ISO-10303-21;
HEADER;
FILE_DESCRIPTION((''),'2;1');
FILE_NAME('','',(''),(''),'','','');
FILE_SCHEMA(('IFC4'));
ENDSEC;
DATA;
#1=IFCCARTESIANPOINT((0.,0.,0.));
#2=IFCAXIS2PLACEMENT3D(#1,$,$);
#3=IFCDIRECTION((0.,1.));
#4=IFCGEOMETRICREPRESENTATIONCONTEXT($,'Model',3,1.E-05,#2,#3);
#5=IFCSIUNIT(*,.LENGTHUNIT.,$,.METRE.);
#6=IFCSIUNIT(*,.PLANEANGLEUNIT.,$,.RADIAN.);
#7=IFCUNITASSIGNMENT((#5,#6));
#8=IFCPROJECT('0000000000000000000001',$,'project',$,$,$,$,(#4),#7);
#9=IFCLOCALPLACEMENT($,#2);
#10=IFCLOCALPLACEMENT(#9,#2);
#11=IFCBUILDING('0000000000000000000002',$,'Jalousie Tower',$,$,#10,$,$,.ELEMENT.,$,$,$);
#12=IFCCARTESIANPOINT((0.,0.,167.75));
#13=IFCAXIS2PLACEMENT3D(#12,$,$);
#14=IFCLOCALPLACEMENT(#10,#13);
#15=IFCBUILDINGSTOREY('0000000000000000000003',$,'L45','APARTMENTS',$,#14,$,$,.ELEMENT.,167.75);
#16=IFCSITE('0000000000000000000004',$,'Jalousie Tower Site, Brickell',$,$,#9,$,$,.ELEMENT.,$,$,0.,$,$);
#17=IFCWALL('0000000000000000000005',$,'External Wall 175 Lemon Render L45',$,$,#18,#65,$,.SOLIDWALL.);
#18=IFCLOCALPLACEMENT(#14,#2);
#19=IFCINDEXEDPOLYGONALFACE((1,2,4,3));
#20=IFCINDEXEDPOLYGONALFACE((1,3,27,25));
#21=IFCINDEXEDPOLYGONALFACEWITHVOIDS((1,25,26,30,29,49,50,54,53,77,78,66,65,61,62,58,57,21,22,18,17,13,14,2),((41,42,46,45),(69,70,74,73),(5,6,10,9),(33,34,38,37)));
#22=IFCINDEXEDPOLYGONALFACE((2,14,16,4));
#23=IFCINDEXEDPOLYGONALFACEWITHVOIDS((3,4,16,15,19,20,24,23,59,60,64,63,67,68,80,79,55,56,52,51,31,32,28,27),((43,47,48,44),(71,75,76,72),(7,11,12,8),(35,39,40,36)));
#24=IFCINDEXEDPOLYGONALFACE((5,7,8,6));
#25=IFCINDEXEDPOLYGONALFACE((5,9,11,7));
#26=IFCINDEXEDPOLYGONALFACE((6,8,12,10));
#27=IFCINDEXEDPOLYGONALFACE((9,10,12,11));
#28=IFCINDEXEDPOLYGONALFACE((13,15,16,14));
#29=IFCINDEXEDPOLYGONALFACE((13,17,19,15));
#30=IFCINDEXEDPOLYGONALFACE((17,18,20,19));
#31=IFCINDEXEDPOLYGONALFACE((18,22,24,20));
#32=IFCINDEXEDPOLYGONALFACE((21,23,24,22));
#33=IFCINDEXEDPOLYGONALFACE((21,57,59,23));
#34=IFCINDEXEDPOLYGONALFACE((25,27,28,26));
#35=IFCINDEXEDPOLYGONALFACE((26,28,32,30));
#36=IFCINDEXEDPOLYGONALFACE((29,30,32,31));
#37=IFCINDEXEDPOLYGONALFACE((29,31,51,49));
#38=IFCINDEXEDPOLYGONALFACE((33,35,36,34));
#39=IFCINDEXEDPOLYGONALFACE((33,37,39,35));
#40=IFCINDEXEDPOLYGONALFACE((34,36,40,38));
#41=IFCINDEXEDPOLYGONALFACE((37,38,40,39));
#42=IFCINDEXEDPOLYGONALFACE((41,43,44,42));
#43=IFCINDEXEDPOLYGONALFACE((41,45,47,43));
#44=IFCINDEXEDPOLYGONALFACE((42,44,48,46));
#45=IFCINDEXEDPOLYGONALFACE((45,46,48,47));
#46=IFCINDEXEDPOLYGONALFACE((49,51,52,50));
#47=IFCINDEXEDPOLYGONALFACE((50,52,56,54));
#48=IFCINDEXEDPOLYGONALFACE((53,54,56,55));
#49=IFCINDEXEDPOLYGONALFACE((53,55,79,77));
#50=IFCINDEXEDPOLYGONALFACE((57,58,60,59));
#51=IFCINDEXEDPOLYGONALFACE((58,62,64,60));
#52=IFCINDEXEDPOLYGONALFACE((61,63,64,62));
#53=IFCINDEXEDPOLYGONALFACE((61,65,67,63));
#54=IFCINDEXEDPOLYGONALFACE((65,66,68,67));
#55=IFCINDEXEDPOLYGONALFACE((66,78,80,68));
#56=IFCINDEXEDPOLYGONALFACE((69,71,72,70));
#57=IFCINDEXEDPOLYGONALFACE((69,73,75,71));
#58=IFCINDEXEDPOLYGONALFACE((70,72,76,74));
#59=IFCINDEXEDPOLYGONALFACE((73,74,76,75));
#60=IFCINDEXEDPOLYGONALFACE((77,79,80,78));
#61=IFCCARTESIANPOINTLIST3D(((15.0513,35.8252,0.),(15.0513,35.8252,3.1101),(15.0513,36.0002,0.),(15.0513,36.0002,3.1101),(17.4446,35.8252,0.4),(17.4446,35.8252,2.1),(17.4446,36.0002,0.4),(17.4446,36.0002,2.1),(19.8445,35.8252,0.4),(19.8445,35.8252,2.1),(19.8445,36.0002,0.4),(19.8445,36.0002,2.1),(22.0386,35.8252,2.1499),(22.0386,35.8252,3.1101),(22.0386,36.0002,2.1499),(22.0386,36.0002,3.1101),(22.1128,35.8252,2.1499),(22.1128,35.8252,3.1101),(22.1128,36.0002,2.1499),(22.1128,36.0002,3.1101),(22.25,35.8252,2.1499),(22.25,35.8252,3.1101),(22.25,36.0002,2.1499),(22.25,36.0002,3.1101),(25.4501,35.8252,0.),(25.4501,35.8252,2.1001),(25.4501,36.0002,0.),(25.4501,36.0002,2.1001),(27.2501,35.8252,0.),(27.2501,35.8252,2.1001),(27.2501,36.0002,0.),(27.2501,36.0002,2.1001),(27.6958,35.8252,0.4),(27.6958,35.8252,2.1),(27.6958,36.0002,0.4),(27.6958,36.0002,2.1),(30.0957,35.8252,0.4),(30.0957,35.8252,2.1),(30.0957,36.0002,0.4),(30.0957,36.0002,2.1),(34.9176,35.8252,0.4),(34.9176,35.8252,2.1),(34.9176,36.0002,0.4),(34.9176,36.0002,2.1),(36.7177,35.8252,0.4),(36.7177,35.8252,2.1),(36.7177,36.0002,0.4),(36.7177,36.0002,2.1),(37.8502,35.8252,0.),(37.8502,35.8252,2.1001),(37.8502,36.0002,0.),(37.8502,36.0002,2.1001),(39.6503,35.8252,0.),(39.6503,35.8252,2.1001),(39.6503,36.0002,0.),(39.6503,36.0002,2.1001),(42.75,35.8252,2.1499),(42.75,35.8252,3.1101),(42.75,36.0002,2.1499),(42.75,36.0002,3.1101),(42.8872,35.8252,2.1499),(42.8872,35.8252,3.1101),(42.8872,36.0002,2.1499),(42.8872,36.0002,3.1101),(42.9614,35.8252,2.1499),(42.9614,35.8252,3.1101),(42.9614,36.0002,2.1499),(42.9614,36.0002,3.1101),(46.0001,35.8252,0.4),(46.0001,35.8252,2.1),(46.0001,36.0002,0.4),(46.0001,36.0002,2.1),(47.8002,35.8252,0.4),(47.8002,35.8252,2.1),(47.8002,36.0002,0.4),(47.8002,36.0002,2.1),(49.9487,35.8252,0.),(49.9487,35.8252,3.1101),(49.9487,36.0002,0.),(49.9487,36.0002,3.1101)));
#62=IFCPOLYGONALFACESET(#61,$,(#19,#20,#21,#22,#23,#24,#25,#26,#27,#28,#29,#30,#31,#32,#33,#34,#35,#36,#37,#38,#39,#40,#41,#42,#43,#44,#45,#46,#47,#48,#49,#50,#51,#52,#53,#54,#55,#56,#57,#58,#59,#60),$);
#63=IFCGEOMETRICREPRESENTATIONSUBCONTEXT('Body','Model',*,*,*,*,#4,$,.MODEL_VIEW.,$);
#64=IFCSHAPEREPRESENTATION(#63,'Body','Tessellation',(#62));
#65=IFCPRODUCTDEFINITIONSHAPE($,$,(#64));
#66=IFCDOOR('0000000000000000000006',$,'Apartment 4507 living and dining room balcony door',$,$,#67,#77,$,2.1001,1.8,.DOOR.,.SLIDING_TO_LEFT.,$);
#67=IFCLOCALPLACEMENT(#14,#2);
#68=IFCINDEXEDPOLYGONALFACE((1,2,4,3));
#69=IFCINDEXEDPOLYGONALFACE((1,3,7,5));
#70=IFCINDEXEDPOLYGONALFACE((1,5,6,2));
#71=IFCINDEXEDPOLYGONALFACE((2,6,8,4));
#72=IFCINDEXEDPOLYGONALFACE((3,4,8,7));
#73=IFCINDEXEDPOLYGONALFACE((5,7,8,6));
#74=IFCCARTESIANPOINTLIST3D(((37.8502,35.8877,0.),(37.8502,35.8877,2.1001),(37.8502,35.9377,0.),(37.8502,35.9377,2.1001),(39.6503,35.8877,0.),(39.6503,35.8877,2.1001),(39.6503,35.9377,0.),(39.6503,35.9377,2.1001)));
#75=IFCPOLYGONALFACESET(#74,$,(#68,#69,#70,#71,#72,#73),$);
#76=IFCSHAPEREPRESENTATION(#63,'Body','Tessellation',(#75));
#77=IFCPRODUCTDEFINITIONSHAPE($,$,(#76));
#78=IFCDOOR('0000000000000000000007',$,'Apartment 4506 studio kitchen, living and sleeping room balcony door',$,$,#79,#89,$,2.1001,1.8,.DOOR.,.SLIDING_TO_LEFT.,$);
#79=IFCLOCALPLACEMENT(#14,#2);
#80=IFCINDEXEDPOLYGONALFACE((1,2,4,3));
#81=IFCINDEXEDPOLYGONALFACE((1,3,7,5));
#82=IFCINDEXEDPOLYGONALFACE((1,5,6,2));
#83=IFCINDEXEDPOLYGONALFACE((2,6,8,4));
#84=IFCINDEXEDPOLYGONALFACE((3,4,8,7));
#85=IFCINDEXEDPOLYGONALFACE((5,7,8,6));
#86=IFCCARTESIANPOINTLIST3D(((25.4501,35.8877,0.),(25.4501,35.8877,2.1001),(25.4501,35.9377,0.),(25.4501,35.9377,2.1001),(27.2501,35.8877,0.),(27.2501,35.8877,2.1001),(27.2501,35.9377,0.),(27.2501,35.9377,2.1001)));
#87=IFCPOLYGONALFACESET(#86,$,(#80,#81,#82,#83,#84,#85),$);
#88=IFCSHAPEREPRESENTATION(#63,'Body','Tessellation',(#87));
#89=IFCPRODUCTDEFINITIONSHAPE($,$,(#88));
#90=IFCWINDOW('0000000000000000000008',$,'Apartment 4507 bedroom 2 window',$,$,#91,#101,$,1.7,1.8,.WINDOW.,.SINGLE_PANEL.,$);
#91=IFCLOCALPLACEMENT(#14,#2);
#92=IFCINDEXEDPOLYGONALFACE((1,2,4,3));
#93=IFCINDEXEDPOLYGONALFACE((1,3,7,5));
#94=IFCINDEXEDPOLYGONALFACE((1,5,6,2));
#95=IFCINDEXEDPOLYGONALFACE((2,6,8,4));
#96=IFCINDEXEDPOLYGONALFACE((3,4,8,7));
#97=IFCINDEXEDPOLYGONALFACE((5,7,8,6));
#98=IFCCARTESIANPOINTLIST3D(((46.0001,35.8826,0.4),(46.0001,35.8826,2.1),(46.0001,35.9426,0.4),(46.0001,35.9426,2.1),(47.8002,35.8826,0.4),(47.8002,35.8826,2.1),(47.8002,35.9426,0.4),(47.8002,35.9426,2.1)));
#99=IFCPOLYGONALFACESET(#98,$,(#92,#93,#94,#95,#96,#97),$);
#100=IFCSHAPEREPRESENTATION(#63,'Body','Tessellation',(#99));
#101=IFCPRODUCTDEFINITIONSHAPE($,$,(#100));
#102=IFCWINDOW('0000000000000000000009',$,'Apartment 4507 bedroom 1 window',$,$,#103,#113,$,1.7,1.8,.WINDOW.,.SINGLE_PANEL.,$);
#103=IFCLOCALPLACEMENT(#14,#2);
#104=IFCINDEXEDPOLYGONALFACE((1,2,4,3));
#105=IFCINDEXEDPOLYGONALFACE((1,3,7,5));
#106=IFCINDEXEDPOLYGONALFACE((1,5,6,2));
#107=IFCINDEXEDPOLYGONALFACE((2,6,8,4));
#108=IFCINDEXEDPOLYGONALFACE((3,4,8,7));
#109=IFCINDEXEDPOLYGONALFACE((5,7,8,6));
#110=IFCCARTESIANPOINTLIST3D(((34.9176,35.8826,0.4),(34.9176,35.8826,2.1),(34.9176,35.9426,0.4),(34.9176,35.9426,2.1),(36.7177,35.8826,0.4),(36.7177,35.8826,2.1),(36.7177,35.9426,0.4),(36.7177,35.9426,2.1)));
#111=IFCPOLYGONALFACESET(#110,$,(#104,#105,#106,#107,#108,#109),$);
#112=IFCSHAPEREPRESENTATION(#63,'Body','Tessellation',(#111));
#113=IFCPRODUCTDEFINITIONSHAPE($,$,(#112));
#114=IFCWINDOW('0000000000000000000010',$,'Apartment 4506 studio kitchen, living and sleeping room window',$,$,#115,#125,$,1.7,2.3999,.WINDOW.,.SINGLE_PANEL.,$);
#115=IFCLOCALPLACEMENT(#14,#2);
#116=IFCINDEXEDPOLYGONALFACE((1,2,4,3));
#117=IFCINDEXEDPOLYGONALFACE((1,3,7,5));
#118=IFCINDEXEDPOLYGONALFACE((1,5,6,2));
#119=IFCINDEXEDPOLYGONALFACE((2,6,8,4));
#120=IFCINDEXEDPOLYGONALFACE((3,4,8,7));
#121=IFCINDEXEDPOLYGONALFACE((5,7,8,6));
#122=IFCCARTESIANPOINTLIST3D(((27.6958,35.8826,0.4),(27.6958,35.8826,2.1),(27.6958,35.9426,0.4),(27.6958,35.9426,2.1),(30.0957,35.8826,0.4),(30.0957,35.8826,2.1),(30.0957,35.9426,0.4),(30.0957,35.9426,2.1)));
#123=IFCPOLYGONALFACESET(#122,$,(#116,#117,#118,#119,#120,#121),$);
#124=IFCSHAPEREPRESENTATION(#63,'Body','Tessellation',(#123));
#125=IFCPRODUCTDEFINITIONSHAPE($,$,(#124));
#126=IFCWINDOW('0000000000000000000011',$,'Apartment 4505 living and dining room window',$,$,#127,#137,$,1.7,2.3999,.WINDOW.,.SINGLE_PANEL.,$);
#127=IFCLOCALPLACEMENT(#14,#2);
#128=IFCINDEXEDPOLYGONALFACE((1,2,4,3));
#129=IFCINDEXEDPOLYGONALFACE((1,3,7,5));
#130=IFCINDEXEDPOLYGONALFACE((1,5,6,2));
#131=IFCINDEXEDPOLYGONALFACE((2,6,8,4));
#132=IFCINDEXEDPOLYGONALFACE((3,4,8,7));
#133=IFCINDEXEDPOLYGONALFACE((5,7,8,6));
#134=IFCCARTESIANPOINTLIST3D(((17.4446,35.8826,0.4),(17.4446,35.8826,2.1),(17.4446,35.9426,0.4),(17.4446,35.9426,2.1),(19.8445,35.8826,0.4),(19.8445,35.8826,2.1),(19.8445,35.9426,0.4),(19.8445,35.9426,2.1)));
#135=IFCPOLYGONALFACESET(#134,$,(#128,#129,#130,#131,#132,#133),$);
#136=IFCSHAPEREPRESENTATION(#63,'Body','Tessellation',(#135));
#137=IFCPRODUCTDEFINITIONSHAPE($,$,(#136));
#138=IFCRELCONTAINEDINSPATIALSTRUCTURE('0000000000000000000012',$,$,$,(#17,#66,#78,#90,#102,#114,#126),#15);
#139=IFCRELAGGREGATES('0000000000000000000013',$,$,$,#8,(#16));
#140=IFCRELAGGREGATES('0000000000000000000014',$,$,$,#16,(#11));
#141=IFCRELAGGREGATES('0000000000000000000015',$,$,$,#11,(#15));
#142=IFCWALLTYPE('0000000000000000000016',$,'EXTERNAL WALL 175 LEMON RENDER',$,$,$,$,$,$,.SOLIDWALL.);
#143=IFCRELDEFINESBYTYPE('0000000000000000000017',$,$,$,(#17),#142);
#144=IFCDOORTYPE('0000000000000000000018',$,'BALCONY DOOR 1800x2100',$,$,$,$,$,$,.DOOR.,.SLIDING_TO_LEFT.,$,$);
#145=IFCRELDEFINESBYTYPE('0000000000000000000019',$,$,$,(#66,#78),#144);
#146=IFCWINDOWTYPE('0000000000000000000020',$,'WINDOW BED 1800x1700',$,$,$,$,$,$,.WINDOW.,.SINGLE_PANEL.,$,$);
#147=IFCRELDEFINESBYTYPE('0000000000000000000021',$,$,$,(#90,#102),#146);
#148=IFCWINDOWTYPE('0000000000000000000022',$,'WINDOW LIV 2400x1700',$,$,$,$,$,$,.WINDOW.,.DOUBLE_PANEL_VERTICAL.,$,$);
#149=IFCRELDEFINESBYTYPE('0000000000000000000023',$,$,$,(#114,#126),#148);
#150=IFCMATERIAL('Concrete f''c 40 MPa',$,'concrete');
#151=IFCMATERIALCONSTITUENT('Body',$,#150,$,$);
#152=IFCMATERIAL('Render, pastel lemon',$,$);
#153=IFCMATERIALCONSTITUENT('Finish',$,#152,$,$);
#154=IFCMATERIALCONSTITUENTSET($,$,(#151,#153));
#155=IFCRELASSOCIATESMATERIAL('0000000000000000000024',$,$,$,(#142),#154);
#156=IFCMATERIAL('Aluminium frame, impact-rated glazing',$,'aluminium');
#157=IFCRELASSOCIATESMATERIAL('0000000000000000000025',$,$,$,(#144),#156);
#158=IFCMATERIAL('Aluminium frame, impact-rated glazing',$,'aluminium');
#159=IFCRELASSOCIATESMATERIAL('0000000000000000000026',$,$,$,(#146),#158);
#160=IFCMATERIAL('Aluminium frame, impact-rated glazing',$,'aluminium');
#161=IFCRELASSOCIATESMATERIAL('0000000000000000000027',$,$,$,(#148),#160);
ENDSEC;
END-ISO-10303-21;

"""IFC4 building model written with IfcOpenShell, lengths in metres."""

from ifc_helpers import new_model, si_unit, direction, frame, frame_2d, origin, place, context, subcontext, project, spatial, polyline, rectangle, outline, extrude, material, constituent, constituent_set, type_object, element, fill, save


model = new_model("IFC4")

# Units and contexts
model_context = context("Model", 3, precision=1e-05, world=origin(), true_north=direction((0.0, 1.0)))
body_context = subcontext(model_context, "Body", "Model", "MODEL_VIEW")
ifc_project = project(units=[si_unit("LENGTHUNIT", "METRE"), si_unit("PLANEANGLEUNIT", "RADIAN")], contexts=[model_context])

# Site, building, storey
site_placement = place(None, origin())
site = spatial("IfcSite", under=ifc_project, at=site_placement, Name="Jalousie Tower Site, Brickell", CompositionType="ELEMENT", RefElevation=0.0)
building_placement = place(site_placement, origin())
building = spatial("IfcBuilding", under=site, at=building_placement, Name="Jalousie Tower", CompositionType="ELEMENT")
storey_placement = place(building_placement, frame((0.0, 0.0, 167.75)))
storey = spatial("IfcBuildingStorey", under=building, at=storey_placement, Name="L45", Description="APARTMENTS", CompositionType="ELEMENT", Elevation=167.75)

# Wall, openings, doors, windows
ifc_material_1 = material(Name="Concrete f'c 40 MPa", Category="concrete")
ifc_constituent_1 = constituent(ifc_material_1, Name="Body")
ifc_material_2 = material(Name="Render, pastel lemon")
ifc_constituent_2 = constituent(ifc_material_2, Name="Finish")
ifc_constituent_set_1 = constituent_set(constituents=[ifc_constituent_1, ifc_constituent_2])
wall_type_1 = type_object("IfcWallType", Name="EXTERNAL WALL 175 LEMON RENDER", PredefinedType="SOLIDWALL", material=ifc_constituent_set_1)
wall_1_placement = place(storey_placement, frame((49.9487, 35.9126, 0.0), z_axis=(0.0, 0.0, 1.0), x_axis=(-1.0, 0.0, 0.0)))
wall_1 = element("IfcWall", 1, at=wall_1_placement, inside=storey, type_object=wall_type_1, Name="External Wall 175 Lemon Render L45", PredefinedType="SOLIDWALL", context=body_context, shape_type="SweptSolid", body=[
    extrude(outline(polyline([(0.0, 0.0), (34.8975, 0.0), (34.8975, 3.1101), (27.9102, 3.1101), (27.9102, 2.1499), (27.8359, 2.1499), (27.8359, 3.1101), (27.6987, 3.1101), (27.6987, 2.1499), (7.1987, 2.1499), (7.1987, 3.1101), (7.0615, 3.1101), (7.0615, 2.1499), (6.9873, 2.1499), (6.9873, 3.1101), (0.0, 3.1101), (0.0, 0.0)])), frame((0.0, 0.0874, 0.0), z_axis=(0.0, -1.0, 0.0), x_axis=(1.0, 0.0, 0.0)), (0.0, 0.0, 1.0), 0.175),
])
opening_1_placement = place(wall_1_placement, frame((2.1487, 0.0, 0.3999)))
opening_1 = element("IfcOpeningElement", 2, at=opening_1_placement, cuts=wall_1, PredefinedType="OPENING", context=body_context, shape_type="SweptSolid", body=[
    extrude(rectangle(XDim=1.8, YDim=1.7, at=frame_2d((0.8999, 0.8501))), frame((0.0, 0.0974, 0.0), z_axis=(0.0, -1.0, 0.0), x_axis=(1.0, 0.0, 0.0)), (0.0, 0.0, 1.0), 0.1951),
])
opening_2_placement = place(wall_1_placement, frame((10.2986, 0.0, 0.0)))
opening_2 = element("IfcOpeningElement", 3, at=opening_2_placement, cuts=wall_1, PredefinedType="OPENING", context=body_context, shape_type="SweptSolid", body=[
    extrude(rectangle(XDim=1.8, YDim=2.1001, at=frame_2d((0.8999, 1.05))), frame((0.0, 0.0974, 0.0), z_axis=(0.0, -1.0, 0.0), x_axis=(1.0, 0.0, 0.0)), (0.0, 0.0, 1.0), 0.1951),
])
opening_3_placement = place(wall_1_placement, frame((13.2312, 0.0, 0.3999)))
opening_3 = element("IfcOpeningElement", 4, at=opening_3_placement, cuts=wall_1, PredefinedType="OPENING", context=body_context, shape_type="SweptSolid", body=[
    extrude(rectangle(XDim=1.8, YDim=1.7, at=frame_2d((0.8999, 0.8501))), frame((0.0, 0.0974, 0.0), z_axis=(0.0, -1.0, 0.0), x_axis=(1.0, 0.0, 0.0)), (0.0, 0.0, 1.0), 0.1951),
])
opening_4_placement = place(wall_1_placement, frame((22.6987, 0.0, 0.0)))
opening_4 = element("IfcOpeningElement", 5, at=opening_4_placement, cuts=wall_1, PredefinedType="OPENING", context=body_context, shape_type="SweptSolid", body=[
    extrude(rectangle(XDim=1.8, YDim=2.1001, at=frame_2d((0.8999, 1.05))), frame((0.0, 0.0974, 0.0), z_axis=(0.0, -1.0, 0.0), x_axis=(1.0, 0.0, 0.0)), (0.0, 0.0, 1.0), 0.1951),
])
opening_5_placement = place(wall_1_placement, frame((19.853, 0.0, 0.3999)))
opening_5 = element("IfcOpeningElement", 6, at=opening_5_placement, cuts=wall_1, PredefinedType="OPENING", context=body_context, shape_type="SweptSolid", body=[
    extrude(rectangle(XDim=2.3999, YDim=1.7, at=frame_2d((1.2, 0.8501))), frame((0.0, 0.0974, 0.0), z_axis=(0.0, -1.0, 0.0), x_axis=(1.0, 0.0, 0.0)), (0.0, 0.0, 1.0), 0.1951),
])
opening_6_placement = place(wall_1_placement, frame((30.1042, 0.0, 0.3999)))
opening_6 = element("IfcOpeningElement", 7, at=opening_6_placement, cuts=wall_1, PredefinedType="OPENING", context=body_context, shape_type="SweptSolid", body=[
    extrude(rectangle(XDim=2.3999, YDim=1.7, at=frame_2d((1.2, 0.8501))), frame((0.0, 0.0974, 0.0), z_axis=(0.0, -1.0, 0.0), x_axis=(1.0, 0.0, 0.0)), (0.0, 0.0, 1.0), 0.1951),
])
ifc_material_3 = material(Name="Aluminium frame, impact-rated glazing", Category="aluminium")
door_type_1 = type_object("IfcDoorType", Name="BALCONY DOOR 1800x2100", OperationType="SLIDING_TO_LEFT", PredefinedType="DOOR", material=ifc_material_3)
door_1_placement = place(opening_2_placement, origin())
door_1 = element("IfcDoor", 8, at=door_1_placement, inside=storey, type_object=door_type_1, Name="Apartment 4507 living and dining room balcony door", OperationType="SLIDING_TO_LEFT", OverallHeight=2.1001, OverallWidth=1.8, PredefinedType="DOOR", context=body_context, shape_type="SweptSolid", body=[
    extrude(rectangle(XDim=1.8, YDim=2.1001, at=frame_2d((0.8999, 1.05))), frame((0.0, 0.0249, 0.0), z_axis=(0.0, -1.0, 0.0), x_axis=(1.0, 0.0, 0.0)), (0.0, 0.0, 1.0), 0.05),
])
fill(opening_2, door_1)
door_2_placement = place(opening_4_placement, origin())
door_2 = element("IfcDoor", 9, at=door_2_placement, inside=storey, type_object=door_type_1, Name="Apartment 4506 studio kitchen, living and sleeping room balcony door", OperationType="SLIDING_TO_LEFT", OverallHeight=2.1001, OverallWidth=1.8, PredefinedType="DOOR", context=body_context, shape_type="SweptSolid", body=[
    extrude(rectangle(XDim=1.8, YDim=2.1001, at=frame_2d((0.8999, 1.05))), frame((0.0, 0.0249, 0.0), z_axis=(0.0, -1.0, 0.0), x_axis=(1.0, 0.0, 0.0)), (0.0, 0.0, 1.0), 0.05),
])
fill(opening_4, door_2)
ifc_material_4 = material(Name="Aluminium frame, impact-rated glazing", Category="aluminium")
window_type_1 = type_object("IfcWindowType", Name="WINDOW BED 1800x1700", PartitioningType="SINGLE_PANEL", PredefinedType="WINDOW", material=ifc_material_4)
window_1_placement = place(opening_1_placement, origin())
window_1 = element("IfcWindow", 10, at=window_1_placement, inside=storey, type_object=window_type_1, Name="Apartment 4507 bedroom 2 window", OverallHeight=1.7, OverallWidth=1.8, PartitioningType="SINGLE_PANEL", PredefinedType="WINDOW", context=body_context, shape_type="SweptSolid", body=[
    extrude(rectangle(XDim=1.8, YDim=1.7, at=frame_2d((0.8999, 0.8501))), frame((0.0, 0.03, 0.0), z_axis=(0.0, -1.0, 0.0), x_axis=(1.0, 0.0, 0.0)), (0.0, 0.0, 1.0), 0.0601),
])
fill(opening_1, window_1)
window_2_placement = place(opening_3_placement, origin())
window_2 = element("IfcWindow", 11, at=window_2_placement, inside=storey, type_object=window_type_1, Name="Apartment 4507 bedroom 1 window", OverallHeight=1.7, OverallWidth=1.8, PartitioningType="SINGLE_PANEL", PredefinedType="WINDOW", context=body_context, shape_type="SweptSolid", body=[
    extrude(rectangle(XDim=1.8, YDim=1.7, at=frame_2d((0.8999, 0.8501))), frame((0.0, 0.03, 0.0), z_axis=(0.0, -1.0, 0.0), x_axis=(1.0, 0.0, 0.0)), (0.0, 0.0, 1.0), 0.0601),
])
fill(opening_3, window_2)
ifc_material_5 = material(Name="Aluminium frame, impact-rated glazing", Category="aluminium")
window_type_2 = type_object("IfcWindowType", Name="WINDOW LIV 2400x1700", PartitioningType="DOUBLE_PANEL_VERTICAL", PredefinedType="WINDOW", material=ifc_material_5)
window_3_placement = place(opening_5_placement, origin())
window_3 = element("IfcWindow", 12, at=window_3_placement, inside=storey, type_object=window_type_2, Name="Apartment 4506 studio kitchen, living and sleeping room window", OverallHeight=1.7, OverallWidth=2.3999, PartitioningType="SINGLE_PANEL", PredefinedType="WINDOW", context=body_context, shape_type="SweptSolid", body=[
    extrude(rectangle(XDim=2.3999, YDim=1.7, at=frame_2d((1.2, 0.8501))), frame((0.0, 0.03, 0.0), z_axis=(0.0, -1.0, 0.0), x_axis=(1.0, 0.0, 0.0)), (0.0, 0.0, 1.0), 0.0601),
])
fill(opening_5, window_3)
window_4_placement = place(opening_6_placement, origin())
window_4 = element("IfcWindow", 13, at=window_4_placement, inside=storey, type_object=window_type_2, Name="Apartment 4505 living and dining room window", OverallHeight=1.7, OverallWidth=2.3999, PartitioningType="SINGLE_PANEL", PredefinedType="WINDOW", context=body_context, shape_type="SweptSolid", body=[
    extrude(rectangle(XDim=2.3999, YDim=1.7, at=frame_2d((1.2, 0.8501))), frame((0.0, 0.03, 0.0), z_axis=(0.0, -1.0, 0.0), x_axis=(1.0, 0.0, 0.0)), (0.0, 0.0, 1.0), 0.0601),
])
fill(opening_6, window_4)

save(model, "model.ifc")
